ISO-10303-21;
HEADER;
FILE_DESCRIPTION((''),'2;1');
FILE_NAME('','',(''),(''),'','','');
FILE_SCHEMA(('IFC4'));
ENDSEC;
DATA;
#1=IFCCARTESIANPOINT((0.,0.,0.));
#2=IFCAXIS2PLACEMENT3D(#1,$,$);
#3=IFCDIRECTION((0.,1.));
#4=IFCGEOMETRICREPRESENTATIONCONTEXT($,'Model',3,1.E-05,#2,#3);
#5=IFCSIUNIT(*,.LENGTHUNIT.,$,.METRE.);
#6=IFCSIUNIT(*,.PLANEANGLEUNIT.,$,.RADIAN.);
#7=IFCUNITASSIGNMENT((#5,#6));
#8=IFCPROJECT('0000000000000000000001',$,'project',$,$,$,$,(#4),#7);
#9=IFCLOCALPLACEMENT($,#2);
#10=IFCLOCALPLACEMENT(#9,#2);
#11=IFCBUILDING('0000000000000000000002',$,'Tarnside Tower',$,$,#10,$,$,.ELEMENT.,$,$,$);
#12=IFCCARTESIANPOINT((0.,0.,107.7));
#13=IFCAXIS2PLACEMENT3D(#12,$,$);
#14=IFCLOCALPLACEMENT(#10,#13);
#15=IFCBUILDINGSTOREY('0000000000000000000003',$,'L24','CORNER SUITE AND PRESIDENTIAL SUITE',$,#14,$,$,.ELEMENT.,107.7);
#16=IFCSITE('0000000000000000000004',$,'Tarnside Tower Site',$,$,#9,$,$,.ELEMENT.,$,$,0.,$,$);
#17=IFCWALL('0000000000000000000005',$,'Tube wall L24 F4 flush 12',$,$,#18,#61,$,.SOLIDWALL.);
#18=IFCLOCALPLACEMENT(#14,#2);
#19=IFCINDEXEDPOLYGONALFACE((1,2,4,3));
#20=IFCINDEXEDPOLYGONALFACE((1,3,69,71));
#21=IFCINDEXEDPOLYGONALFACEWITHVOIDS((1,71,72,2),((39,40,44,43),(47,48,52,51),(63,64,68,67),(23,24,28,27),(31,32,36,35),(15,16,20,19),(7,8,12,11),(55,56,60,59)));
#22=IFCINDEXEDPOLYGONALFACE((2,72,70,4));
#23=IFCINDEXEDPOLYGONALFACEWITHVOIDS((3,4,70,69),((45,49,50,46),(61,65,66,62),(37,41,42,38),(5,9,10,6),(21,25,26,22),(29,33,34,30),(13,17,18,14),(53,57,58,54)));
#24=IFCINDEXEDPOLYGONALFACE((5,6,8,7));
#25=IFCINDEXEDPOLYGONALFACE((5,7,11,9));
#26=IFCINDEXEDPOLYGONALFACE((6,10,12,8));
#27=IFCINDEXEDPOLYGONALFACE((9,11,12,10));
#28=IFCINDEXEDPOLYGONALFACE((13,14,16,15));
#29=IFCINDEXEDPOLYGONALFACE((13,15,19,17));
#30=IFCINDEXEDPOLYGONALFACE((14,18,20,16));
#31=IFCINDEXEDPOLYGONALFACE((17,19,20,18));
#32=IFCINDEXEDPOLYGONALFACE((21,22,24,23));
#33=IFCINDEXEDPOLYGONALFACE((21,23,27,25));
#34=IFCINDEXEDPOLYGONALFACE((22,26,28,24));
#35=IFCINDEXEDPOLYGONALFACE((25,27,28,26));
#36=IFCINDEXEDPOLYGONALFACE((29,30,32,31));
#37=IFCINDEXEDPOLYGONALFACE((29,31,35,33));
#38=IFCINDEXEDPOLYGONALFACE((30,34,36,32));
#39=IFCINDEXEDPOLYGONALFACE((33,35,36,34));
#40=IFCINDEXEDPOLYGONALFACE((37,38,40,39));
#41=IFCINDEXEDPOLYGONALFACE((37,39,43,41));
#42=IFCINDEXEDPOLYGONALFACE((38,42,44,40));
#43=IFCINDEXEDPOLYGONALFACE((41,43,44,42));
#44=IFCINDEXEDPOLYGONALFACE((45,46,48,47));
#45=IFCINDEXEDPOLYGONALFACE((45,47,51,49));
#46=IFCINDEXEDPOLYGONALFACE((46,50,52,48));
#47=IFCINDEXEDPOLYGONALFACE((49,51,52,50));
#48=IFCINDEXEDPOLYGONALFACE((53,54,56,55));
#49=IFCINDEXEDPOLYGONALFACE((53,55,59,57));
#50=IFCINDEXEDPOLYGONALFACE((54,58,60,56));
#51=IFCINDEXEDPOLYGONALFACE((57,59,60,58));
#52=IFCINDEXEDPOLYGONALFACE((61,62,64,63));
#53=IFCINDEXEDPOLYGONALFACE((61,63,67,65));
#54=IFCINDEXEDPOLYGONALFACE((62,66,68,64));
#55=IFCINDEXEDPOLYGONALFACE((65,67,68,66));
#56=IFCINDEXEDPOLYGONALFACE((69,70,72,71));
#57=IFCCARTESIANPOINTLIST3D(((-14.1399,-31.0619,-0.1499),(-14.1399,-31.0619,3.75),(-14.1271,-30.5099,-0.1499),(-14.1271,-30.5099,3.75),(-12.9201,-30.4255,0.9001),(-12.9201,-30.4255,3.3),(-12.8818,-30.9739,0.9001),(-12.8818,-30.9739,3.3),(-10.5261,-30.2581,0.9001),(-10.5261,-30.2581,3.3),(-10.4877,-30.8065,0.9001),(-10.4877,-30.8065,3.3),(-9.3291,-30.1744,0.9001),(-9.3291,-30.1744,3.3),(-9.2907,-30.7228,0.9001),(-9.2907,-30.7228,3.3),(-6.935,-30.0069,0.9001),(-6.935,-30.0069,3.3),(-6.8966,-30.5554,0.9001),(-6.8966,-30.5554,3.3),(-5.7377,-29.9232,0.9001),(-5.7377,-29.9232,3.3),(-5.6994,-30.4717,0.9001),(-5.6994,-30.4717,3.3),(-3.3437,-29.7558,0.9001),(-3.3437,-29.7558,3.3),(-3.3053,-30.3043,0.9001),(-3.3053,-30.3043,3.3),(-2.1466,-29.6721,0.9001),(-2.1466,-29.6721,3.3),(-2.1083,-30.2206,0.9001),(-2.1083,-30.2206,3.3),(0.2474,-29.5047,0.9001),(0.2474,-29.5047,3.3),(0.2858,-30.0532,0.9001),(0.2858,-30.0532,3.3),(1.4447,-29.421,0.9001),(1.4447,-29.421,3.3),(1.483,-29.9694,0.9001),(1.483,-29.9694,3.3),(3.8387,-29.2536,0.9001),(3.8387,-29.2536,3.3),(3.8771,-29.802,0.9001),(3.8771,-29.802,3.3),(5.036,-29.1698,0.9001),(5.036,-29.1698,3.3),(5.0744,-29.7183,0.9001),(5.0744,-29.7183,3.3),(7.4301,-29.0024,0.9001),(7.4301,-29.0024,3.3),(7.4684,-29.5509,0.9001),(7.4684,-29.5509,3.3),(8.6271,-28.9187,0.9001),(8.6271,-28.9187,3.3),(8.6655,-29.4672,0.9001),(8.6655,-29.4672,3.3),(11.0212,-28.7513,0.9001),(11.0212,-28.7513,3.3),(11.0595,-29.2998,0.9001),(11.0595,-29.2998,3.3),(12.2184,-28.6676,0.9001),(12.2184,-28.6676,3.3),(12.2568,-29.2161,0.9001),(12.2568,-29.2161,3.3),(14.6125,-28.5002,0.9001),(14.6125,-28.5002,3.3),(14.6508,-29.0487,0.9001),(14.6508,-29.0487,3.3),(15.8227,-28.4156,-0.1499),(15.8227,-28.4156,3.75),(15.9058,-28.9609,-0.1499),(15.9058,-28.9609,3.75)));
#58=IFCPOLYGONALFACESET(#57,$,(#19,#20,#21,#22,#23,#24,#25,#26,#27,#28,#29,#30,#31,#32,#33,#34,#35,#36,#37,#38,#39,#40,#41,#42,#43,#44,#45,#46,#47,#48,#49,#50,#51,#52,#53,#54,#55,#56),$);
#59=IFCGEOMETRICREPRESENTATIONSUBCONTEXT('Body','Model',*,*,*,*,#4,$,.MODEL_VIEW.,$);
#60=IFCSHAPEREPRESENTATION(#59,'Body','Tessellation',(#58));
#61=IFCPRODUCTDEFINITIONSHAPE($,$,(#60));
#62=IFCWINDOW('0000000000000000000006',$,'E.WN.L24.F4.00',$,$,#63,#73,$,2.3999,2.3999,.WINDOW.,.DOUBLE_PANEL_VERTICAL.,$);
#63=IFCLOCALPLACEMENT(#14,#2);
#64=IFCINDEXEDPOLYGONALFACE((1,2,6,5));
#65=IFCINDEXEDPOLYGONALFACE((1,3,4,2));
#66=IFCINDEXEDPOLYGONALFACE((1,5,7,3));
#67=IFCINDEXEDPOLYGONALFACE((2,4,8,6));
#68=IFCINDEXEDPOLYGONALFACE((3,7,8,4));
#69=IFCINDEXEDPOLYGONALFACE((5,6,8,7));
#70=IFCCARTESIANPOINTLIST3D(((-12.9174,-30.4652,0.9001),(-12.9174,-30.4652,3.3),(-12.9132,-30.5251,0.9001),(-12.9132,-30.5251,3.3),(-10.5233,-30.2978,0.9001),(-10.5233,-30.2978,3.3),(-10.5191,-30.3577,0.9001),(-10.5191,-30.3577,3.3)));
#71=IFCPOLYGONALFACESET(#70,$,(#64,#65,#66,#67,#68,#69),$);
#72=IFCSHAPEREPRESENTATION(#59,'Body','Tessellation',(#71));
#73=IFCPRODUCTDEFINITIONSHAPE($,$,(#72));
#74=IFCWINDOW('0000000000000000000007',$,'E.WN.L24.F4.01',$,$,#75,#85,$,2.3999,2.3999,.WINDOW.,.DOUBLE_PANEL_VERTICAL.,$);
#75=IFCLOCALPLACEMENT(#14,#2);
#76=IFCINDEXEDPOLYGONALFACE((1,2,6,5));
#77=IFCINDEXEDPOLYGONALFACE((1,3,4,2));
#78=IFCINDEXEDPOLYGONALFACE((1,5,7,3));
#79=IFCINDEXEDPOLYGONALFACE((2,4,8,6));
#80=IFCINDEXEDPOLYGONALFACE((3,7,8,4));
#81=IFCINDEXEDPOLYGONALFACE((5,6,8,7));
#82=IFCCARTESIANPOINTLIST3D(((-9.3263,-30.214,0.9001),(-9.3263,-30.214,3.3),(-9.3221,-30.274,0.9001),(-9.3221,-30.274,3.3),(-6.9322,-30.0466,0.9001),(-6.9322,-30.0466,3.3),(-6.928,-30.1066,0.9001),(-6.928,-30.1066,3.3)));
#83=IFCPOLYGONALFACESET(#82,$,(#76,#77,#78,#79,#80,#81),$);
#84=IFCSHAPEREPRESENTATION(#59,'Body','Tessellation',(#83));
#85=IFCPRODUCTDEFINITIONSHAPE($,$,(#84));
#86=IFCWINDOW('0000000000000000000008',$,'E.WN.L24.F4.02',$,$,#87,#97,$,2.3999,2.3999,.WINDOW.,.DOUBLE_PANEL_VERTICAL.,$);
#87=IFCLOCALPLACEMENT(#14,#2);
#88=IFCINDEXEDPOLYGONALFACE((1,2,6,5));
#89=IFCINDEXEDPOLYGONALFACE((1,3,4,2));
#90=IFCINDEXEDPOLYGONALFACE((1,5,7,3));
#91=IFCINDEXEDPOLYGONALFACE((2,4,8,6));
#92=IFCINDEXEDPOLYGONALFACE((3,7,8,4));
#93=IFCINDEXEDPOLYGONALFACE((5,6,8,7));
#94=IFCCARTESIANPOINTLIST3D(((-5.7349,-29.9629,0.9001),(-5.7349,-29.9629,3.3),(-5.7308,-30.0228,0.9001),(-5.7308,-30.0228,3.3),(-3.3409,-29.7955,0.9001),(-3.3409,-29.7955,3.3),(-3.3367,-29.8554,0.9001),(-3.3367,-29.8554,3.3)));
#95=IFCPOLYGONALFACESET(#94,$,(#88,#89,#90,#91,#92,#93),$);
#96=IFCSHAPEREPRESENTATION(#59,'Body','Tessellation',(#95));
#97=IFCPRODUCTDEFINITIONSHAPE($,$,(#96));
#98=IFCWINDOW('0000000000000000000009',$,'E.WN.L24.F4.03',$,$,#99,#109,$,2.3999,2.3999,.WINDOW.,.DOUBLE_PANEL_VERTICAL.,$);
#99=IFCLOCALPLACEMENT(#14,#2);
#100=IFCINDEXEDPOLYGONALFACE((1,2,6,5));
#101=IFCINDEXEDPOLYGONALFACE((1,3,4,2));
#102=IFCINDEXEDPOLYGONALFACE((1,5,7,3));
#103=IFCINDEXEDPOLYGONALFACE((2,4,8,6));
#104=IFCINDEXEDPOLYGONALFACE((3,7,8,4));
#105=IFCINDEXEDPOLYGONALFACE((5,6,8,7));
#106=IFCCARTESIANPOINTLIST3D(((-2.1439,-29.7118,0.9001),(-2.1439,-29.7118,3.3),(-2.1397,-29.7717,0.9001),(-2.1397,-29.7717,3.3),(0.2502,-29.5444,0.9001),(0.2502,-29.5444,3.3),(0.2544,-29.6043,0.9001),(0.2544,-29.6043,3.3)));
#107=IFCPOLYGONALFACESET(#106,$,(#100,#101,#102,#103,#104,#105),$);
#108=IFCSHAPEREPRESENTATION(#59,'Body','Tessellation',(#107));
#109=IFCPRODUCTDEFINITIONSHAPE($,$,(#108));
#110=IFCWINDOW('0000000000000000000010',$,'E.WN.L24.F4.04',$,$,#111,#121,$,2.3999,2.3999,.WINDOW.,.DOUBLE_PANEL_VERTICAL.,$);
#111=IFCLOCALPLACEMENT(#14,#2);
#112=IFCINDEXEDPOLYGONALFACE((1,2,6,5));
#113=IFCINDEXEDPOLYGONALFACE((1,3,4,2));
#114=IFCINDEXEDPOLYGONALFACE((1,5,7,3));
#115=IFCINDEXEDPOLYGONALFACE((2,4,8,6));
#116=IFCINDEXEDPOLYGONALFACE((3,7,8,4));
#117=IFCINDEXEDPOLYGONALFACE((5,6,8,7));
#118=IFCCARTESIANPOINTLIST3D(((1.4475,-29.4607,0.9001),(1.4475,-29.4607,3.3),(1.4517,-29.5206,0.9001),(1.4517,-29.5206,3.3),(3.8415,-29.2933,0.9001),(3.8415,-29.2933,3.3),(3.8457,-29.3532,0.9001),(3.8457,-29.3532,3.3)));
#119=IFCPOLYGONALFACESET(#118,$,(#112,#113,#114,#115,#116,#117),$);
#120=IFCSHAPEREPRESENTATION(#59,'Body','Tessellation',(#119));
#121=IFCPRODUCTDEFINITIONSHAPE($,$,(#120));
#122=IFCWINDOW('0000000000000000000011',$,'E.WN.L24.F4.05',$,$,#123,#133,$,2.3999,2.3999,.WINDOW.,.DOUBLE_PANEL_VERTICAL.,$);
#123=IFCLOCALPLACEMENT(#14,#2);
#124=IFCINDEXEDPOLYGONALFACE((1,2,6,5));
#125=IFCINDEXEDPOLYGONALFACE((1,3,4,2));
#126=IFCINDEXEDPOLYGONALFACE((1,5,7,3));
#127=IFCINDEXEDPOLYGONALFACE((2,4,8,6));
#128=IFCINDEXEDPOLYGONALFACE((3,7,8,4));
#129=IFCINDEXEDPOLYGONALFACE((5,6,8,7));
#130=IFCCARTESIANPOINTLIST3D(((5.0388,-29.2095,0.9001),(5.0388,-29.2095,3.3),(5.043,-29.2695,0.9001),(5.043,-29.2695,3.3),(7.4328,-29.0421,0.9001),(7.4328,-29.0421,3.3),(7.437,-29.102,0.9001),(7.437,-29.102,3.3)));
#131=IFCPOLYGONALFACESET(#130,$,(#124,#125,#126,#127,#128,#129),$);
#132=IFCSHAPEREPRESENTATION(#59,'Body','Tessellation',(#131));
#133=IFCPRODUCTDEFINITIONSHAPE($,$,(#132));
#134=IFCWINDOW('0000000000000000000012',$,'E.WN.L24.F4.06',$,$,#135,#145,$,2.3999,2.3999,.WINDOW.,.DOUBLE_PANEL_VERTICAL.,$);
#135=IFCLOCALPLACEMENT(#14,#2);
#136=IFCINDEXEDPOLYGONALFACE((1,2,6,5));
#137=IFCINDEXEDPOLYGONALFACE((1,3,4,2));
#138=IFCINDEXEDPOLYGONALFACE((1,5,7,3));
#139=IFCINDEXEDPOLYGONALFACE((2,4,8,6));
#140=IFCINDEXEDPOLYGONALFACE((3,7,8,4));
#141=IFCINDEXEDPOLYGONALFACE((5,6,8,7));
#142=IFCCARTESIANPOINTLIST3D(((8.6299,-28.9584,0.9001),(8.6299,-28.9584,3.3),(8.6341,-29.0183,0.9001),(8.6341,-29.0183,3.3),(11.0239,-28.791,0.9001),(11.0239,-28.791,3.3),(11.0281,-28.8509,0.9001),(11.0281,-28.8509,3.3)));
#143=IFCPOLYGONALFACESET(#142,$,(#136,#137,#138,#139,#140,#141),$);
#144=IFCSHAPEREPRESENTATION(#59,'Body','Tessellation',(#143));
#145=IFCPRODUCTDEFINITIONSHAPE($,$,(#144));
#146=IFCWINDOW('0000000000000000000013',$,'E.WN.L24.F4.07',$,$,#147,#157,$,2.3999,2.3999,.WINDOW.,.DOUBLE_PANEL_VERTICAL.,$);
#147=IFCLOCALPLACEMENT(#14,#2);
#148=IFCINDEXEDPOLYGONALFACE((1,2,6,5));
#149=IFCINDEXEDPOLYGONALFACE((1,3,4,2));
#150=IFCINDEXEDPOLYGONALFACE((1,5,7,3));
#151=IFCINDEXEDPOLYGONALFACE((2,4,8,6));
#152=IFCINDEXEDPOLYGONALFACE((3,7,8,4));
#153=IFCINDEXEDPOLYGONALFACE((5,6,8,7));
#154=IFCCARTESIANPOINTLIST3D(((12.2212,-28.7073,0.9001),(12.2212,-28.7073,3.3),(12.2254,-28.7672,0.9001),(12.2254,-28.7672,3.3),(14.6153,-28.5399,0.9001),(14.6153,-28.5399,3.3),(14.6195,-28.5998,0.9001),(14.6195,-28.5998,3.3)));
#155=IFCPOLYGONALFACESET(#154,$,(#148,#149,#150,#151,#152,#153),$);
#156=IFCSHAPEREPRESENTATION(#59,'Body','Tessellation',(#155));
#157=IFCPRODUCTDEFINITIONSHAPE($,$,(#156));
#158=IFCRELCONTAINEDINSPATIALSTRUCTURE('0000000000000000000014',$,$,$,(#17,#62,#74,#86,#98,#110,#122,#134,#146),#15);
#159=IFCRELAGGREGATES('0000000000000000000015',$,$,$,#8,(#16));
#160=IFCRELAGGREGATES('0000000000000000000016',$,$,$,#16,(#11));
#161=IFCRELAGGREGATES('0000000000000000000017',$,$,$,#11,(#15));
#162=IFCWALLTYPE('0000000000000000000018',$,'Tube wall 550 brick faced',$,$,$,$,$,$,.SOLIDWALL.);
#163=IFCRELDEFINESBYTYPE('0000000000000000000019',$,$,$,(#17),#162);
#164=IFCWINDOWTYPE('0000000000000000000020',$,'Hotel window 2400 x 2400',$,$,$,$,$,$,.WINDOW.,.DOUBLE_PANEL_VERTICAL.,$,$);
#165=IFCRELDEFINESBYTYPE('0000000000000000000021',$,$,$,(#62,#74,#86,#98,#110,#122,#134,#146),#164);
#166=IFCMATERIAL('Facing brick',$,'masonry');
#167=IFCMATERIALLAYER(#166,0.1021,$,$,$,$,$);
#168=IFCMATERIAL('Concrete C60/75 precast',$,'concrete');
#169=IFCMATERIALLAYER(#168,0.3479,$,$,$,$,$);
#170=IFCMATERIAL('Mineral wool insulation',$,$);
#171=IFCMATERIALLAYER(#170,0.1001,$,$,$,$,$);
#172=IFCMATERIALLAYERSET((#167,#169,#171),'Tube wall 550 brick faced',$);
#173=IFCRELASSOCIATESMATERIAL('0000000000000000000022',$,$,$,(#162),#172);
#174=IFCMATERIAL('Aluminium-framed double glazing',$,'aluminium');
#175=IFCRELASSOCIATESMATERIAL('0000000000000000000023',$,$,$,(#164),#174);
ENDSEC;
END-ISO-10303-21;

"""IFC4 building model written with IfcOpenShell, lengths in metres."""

from ifc_helpers import new_model, si_unit, direction, frame, frame_2d, origin, place, context, subcontext, project, spatial, polyline, rectangle, outline, extrude, material, layer, layer_set, type_object, element, fill, save


model = new_model("IFC4")

# Units and contexts
model_context = context("Model", 3, precision=1e-05, world=origin(), true_north=direction((0.0, 1.0)))
body_context = subcontext(model_context, "Body", "Model", "MODEL_VIEW")
ifc_project = project(units=[si_unit("LENGTHUNIT", "METRE"), si_unit("PLANEANGLEUNIT", "RADIAN")], contexts=[model_context])

# Site, building, storey
site_placement = place(None, origin())
site = spatial("IfcSite", under=ifc_project, at=site_placement, Name="Tarnside Tower Site", CompositionType="ELEMENT", RefElevation=0.0)
building_placement = place(site_placement, origin())
building = spatial("IfcBuilding", under=site, at=building_placement, Name="Tarnside Tower", CompositionType="ELEMENT")
storey_placement = place(building_placement, frame((0.0, 0.0, 107.7)))
storey = spatial("IfcBuildingStorey", under=building, at=storey_placement, Name="L24", Description="CORNER SUITE AND PRESIDENTIAL SUITE", CompositionType="ELEMENT", Elevation=107.7)

# Shared definitions
ifc_material_1 = material(Name="Facing brick", Category="masonry")
ifc_layer_1 = layer(ifc_material_1, 0.1021)
ifc_material_2 = material(Name="Concrete C60/75 precast", Category="concrete")
ifc_layer_2 = layer(ifc_material_2, 0.3479)
ifc_material_3 = material(Name="Mineral wool insulation")
ifc_layer_3 = layer(ifc_material_3, 0.1001)
ifc_layer_set_1 = layer_set([ifc_layer_1, ifc_layer_2, ifc_layer_3], Name="Tube wall 550 brick faced")
wall_type_1 = type_object("IfcWallType", Name="Tube wall 550 brick faced", PredefinedType="SOLIDWALL", material=ifc_layer_set_1)

# Wall, openings, windows
wall_1_placement = place(storey_placement, frame((-14.1335, -30.7859, -0.1499), z_axis=(0.0, 0.0, 1.0), x_axis=(0.997564, 0.069757, 0.0)))
wall_1 = element("IfcWall", 1, at=wall_1_placement, inside=storey, type_object=wall_type_1, Name="Tube wall L24 F4 flush 12", PredefinedType="SOLIDWALL", context=body_context, shape_type="SweptSolid", body=[
    extrude(outline(polyline([(-0.0256, -0.2749), (30.0935, -0.2749), (30.0486, 0.2749), (0.0256, 0.2749), (-0.0256, -0.2749)])), origin(), (0.0, 0.0, 1.0), 3.8999),
])
opening_1_placement = place(wall_1_placement, frame((1.2356, 0.0, 1.05)))
opening_1 = element("IfcOpeningElement", 2, at=opening_1_placement, cuts=wall_1, PredefinedType="OPENING", context=body_context, shape_type="SweptSolid", body=[
    extrude(rectangle(XDim=2.3999, YDim=2.3999, at=frame_2d((1.2, 1.2))), frame((0.0, 0.2852, 0.0), z_axis=(0.0, -1.0, 0.0), x_axis=(1.0, 0.0, 0.0)), (0.0, 0.0, 1.0), 0.5701),
])
opening_2_placement = place(wall_1_placement, frame((4.8354, 0.0, 1.05)))
opening_2 = element("IfcOpeningElement", 3, at=opening_2_placement, cuts=wall_1, PredefinedType="OPENING", context=body_context, shape_type="SweptSolid", body=[
    extrude(rectangle(XDim=2.3999, YDim=2.3999, at=frame_2d((1.2, 1.2))), frame((0.0, 0.2852, 0.0), z_axis=(0.0, -1.0, 0.0), x_axis=(1.0, 0.0, 0.0)), (0.0, 0.0, 1.0), 0.5701),
])
opening_3_placement = place(wall_1_placement, frame((8.4355, 0.0, 1.05)))
opening_3 = element("IfcOpeningElement", 4, at=opening_3_placement, cuts=wall_1, PredefinedType="OPENING", context=body_context, shape_type="SweptSolid", body=[
    extrude(rectangle(XDim=2.3999, YDim=2.3999, at=frame_2d((1.2, 1.2))), frame((0.0, 0.2852, 0.0), z_axis=(0.0, -1.0, 0.0), x_axis=(1.0, 0.0, 0.0)), (0.0, 0.0, 1.0), 0.5701),
])
opening_4_placement = place(wall_1_placement, frame((12.0354, 0.0, 1.05)))
opening_4 = element("IfcOpeningElement", 5, at=opening_4_placement, cuts=wall_1, PredefinedType="OPENING", context=body_context, shape_type="SweptSolid", body=[
    extrude(rectangle(XDim=2.3999, YDim=2.3999, at=frame_2d((1.2, 1.2))), frame((0.0, 0.2852, 0.0), z_axis=(0.0, -1.0, 0.0), x_axis=(1.0, 0.0, 0.0)), (0.0, 0.0, 1.0), 0.5701),
])
opening_5_placement = place(wall_1_placement, frame((15.6355, 0.0, 1.05)))
opening_5 = element("IfcOpeningElement", 6, at=opening_5_placement, cuts=wall_1, PredefinedType="OPENING", context=body_context, shape_type="SweptSolid", body=[
    extrude(rectangle(XDim=2.3999, YDim=2.3999, at=frame_2d((1.2, 1.2))), frame((0.0, 0.2852, 0.0), z_axis=(0.0, -1.0, 0.0), x_axis=(1.0, 0.0, 0.0)), (0.0, 0.0, 1.0), 0.5701),
])
opening_6_placement = place(wall_1_placement, frame((19.2356, 0.0, 1.05)))
opening_6 = element("IfcOpeningElement", 7, at=opening_6_placement, cuts=wall_1, PredefinedType="OPENING", context=body_context, shape_type="SweptSolid", body=[
    extrude(rectangle(XDim=2.3999, YDim=2.3999, at=frame_2d((1.2, 1.2))), frame((0.0, 0.2852, 0.0), z_axis=(0.0, -1.0, 0.0), x_axis=(1.0, 0.0, 0.0)), (0.0, 0.0, 1.0), 0.5701),
])
opening_7_placement = place(wall_1_placement, frame((22.8354, 0.0, 1.05)))
opening_7 = element("IfcOpeningElement", 8, at=opening_7_placement, cuts=wall_1, PredefinedType="OPENING", context=body_context, shape_type="SweptSolid", body=[
    extrude(rectangle(XDim=2.3999, YDim=2.3999, at=frame_2d((1.2, 1.2))), frame((0.0, 0.2852, 0.0), z_axis=(0.0, -1.0, 0.0), x_axis=(1.0, 0.0, 0.0)), (0.0, 0.0, 1.0), 0.5701),
])
opening_8_placement = place(wall_1_placement, frame((26.4355, 0.0, 1.05)))
opening_8 = element("IfcOpeningElement", 9, at=opening_8_placement, cuts=wall_1, PredefinedType="OPENING", context=body_context, shape_type="SweptSolid", body=[
    extrude(rectangle(XDim=2.3999, YDim=2.3999, at=frame_2d((1.2, 1.2))), frame((0.0, 0.2852, 0.0), z_axis=(0.0, -1.0, 0.0), x_axis=(1.0, 0.0, 0.0)), (0.0, 0.0, 1.0), 0.5701),
])
ifc_material_4 = material(Name="Aluminium-framed double glazing", Category="aluminium")
window_type = type_object("IfcWindowType", Name="Hotel window 2400 x 2400", PartitioningType="DOUBLE_PANEL_VERTICAL", PredefinedType="WINDOW", material=ifc_material_4)
window_1_placement = place(opening_1_placement, frame((0.0, 0.2051, 0.0)))
window_1 = element("IfcWindow", 10, at=window_1_placement, inside=storey, type_object=window_type, Name="E.WN.L24.F4.00", OverallHeight=2.3999, OverallWidth=2.3999, PartitioningType="DOUBLE_PANEL_VERTICAL", PredefinedType="WINDOW", context=body_context, shape_type="SweptSolid", body=[
    extrude(rectangle(XDim=2.3999, YDim=2.3999, at=frame_2d((1.2, 1.2))), frame((0.0, 0.03, 0.0), z_axis=(0.0, -1.0, 0.0), x_axis=(1.0, 0.0, 0.0)), (0.0, 0.0, 1.0), 0.0601),
])
fill(opening_1, window_1)
window_2_placement = place(opening_2_placement, frame((0.0, 0.2051, 0.0)))
window_2 = element("IfcWindow", 11, at=window_2_placement, inside=storey, type_object=window_type, Name="E.WN.L24.F4.01", OverallHeight=2.3999, OverallWidth=2.3999, PartitioningType="DOUBLE_PANEL_VERTICAL", PredefinedType="WINDOW", context=body_context, shape_type="SweptSolid", body=[
    extrude(rectangle(XDim=2.3999, YDim=2.3999, at=frame_2d((1.2, 1.2))), frame((0.0, 0.03, 0.0), z_axis=(0.0, -1.0, 0.0), x_axis=(1.0, 0.0, 0.0)), (0.0, 0.0, 1.0), 0.0601),
])
fill(opening_2, window_2)
window_3_placement = place(opening_3_placement, frame((0.0, 0.2051, 0.0)))
window_3 = element("IfcWindow", 12, at=window_3_placement, inside=storey, type_object=window_type, Name="E.WN.L24.F4.02", OverallHeight=2.3999, OverallWidth=2.3999, PartitioningType="DOUBLE_PANEL_VERTICAL", PredefinedType="WINDOW", context=body_context, shape_type="SweptSolid", body=[
    extrude(rectangle(XDim=2.3999, YDim=2.3999, at=frame_2d((1.2, 1.2))), frame((0.0, 0.03, 0.0), z_axis=(0.0, -1.0, 0.0), x_axis=(1.0, 0.0, 0.0)), (0.0, 0.0, 1.0), 0.0601),
])
fill(opening_3, window_3)
window_4_placement = place(opening_4_placement, frame((0.0, 0.2051, 0.0)))
window_4 = element("IfcWindow", 13, at=window_4_placement, inside=storey, type_object=window_type, Name="E.WN.L24.F4.03", OverallHeight=2.3999, OverallWidth=2.3999, PartitioningType="DOUBLE_PANEL_VERTICAL", PredefinedType="WINDOW", context=body_context, shape_type="SweptSolid", body=[
    extrude(rectangle(XDim=2.3999, YDim=2.3999, at=frame_2d((1.2, 1.2))), frame((0.0, 0.03, 0.0), z_axis=(0.0, -1.0, 0.0), x_axis=(1.0, 0.0, 0.0)), (0.0, 0.0, 1.0), 0.0601),
])
fill(opening_4, window_4)
window_5_placement = place(opening_5_placement, frame((0.0, 0.2051, 0.0)))
window_5 = element("IfcWindow", 14, at=window_5_placement, inside=storey, type_object=window_type, Name="E.WN.L24.F4.04", OverallHeight=2.3999, OverallWidth=2.3999, PartitioningType="DOUBLE_PANEL_VERTICAL", PredefinedType="WINDOW", context=body_context, shape_type="SweptSolid", body=[
    extrude(rectangle(XDim=2.3999, YDim=2.3999, at=frame_2d((1.2, 1.2))), frame((0.0, 0.03, 0.0), z_axis=(0.0, -1.0, 0.0), x_axis=(1.0, 0.0, 0.0)), (0.0, 0.0, 1.0), 0.0601),
])
fill(opening_5, window_5)
window_6_placement = place(opening_6_placement, frame((0.0, 0.2051, 0.0)))
window_6 = element("IfcWindow", 15, at=window_6_placement, inside=storey, type_object=window_type, Name="E.WN.L24.F4.05", OverallHeight=2.3999, OverallWidth=2.3999, PartitioningType="DOUBLE_PANEL_VERTICAL", PredefinedType="WINDOW", context=body_context, shape_type="SweptSolid", body=[
    extrude(rectangle(XDim=2.3999, YDim=2.3999, at=frame_2d((1.2, 1.2))), frame((0.0, 0.03, 0.0), z_axis=(0.0, -1.0, 0.0), x_axis=(1.0, 0.0, 0.0)), (0.0, 0.0, 1.0), 0.0601),
])
fill(opening_6, window_6)
window_7_placement = place(opening_7_placement, frame((0.0, 0.2051, 0.0)))
window_7 = element("IfcWindow", 16, at=window_7_placement, inside=storey, type_object=window_type, Name="E.WN.L24.F4.06", OverallHeight=2.3999, OverallWidth=2.3999, PartitioningType="DOUBLE_PANEL_VERTICAL", PredefinedType="WINDOW", context=body_context, shape_type="SweptSolid", body=[
    extrude(rectangle(XDim=2.3999, YDim=2.3999, at=frame_2d((1.2, 1.2))), frame((0.0, 0.03, 0.0), z_axis=(0.0, -1.0, 0.0), x_axis=(1.0, 0.0, 0.0)), (0.0, 0.0, 1.0), 0.0601),
])
fill(opening_7, window_7)
window_8_placement = place(opening_8_placement, frame((0.0, 0.2051, 0.0)))
window_8 = element("IfcWindow", 17, at=window_8_placement, inside=storey, type_object=window_type, Name="E.WN.L24.F4.07", OverallHeight=2.3999, OverallWidth=2.3999, PartitioningType="DOUBLE_PANEL_VERTICAL", PredefinedType="WINDOW", context=body_context, shape_type="SweptSolid", body=[
    extrude(rectangle(XDim=2.3999, YDim=2.3999, at=frame_2d((1.2, 1.2))), frame((0.0, 0.03, 0.0), z_axis=(0.0, -1.0, 0.0), x_axis=(1.0, 0.0, 0.0)), (0.0, 0.0, 1.0), 0.0601),
])
fill(opening_8, window_8)

save(model, "model.ifc")
